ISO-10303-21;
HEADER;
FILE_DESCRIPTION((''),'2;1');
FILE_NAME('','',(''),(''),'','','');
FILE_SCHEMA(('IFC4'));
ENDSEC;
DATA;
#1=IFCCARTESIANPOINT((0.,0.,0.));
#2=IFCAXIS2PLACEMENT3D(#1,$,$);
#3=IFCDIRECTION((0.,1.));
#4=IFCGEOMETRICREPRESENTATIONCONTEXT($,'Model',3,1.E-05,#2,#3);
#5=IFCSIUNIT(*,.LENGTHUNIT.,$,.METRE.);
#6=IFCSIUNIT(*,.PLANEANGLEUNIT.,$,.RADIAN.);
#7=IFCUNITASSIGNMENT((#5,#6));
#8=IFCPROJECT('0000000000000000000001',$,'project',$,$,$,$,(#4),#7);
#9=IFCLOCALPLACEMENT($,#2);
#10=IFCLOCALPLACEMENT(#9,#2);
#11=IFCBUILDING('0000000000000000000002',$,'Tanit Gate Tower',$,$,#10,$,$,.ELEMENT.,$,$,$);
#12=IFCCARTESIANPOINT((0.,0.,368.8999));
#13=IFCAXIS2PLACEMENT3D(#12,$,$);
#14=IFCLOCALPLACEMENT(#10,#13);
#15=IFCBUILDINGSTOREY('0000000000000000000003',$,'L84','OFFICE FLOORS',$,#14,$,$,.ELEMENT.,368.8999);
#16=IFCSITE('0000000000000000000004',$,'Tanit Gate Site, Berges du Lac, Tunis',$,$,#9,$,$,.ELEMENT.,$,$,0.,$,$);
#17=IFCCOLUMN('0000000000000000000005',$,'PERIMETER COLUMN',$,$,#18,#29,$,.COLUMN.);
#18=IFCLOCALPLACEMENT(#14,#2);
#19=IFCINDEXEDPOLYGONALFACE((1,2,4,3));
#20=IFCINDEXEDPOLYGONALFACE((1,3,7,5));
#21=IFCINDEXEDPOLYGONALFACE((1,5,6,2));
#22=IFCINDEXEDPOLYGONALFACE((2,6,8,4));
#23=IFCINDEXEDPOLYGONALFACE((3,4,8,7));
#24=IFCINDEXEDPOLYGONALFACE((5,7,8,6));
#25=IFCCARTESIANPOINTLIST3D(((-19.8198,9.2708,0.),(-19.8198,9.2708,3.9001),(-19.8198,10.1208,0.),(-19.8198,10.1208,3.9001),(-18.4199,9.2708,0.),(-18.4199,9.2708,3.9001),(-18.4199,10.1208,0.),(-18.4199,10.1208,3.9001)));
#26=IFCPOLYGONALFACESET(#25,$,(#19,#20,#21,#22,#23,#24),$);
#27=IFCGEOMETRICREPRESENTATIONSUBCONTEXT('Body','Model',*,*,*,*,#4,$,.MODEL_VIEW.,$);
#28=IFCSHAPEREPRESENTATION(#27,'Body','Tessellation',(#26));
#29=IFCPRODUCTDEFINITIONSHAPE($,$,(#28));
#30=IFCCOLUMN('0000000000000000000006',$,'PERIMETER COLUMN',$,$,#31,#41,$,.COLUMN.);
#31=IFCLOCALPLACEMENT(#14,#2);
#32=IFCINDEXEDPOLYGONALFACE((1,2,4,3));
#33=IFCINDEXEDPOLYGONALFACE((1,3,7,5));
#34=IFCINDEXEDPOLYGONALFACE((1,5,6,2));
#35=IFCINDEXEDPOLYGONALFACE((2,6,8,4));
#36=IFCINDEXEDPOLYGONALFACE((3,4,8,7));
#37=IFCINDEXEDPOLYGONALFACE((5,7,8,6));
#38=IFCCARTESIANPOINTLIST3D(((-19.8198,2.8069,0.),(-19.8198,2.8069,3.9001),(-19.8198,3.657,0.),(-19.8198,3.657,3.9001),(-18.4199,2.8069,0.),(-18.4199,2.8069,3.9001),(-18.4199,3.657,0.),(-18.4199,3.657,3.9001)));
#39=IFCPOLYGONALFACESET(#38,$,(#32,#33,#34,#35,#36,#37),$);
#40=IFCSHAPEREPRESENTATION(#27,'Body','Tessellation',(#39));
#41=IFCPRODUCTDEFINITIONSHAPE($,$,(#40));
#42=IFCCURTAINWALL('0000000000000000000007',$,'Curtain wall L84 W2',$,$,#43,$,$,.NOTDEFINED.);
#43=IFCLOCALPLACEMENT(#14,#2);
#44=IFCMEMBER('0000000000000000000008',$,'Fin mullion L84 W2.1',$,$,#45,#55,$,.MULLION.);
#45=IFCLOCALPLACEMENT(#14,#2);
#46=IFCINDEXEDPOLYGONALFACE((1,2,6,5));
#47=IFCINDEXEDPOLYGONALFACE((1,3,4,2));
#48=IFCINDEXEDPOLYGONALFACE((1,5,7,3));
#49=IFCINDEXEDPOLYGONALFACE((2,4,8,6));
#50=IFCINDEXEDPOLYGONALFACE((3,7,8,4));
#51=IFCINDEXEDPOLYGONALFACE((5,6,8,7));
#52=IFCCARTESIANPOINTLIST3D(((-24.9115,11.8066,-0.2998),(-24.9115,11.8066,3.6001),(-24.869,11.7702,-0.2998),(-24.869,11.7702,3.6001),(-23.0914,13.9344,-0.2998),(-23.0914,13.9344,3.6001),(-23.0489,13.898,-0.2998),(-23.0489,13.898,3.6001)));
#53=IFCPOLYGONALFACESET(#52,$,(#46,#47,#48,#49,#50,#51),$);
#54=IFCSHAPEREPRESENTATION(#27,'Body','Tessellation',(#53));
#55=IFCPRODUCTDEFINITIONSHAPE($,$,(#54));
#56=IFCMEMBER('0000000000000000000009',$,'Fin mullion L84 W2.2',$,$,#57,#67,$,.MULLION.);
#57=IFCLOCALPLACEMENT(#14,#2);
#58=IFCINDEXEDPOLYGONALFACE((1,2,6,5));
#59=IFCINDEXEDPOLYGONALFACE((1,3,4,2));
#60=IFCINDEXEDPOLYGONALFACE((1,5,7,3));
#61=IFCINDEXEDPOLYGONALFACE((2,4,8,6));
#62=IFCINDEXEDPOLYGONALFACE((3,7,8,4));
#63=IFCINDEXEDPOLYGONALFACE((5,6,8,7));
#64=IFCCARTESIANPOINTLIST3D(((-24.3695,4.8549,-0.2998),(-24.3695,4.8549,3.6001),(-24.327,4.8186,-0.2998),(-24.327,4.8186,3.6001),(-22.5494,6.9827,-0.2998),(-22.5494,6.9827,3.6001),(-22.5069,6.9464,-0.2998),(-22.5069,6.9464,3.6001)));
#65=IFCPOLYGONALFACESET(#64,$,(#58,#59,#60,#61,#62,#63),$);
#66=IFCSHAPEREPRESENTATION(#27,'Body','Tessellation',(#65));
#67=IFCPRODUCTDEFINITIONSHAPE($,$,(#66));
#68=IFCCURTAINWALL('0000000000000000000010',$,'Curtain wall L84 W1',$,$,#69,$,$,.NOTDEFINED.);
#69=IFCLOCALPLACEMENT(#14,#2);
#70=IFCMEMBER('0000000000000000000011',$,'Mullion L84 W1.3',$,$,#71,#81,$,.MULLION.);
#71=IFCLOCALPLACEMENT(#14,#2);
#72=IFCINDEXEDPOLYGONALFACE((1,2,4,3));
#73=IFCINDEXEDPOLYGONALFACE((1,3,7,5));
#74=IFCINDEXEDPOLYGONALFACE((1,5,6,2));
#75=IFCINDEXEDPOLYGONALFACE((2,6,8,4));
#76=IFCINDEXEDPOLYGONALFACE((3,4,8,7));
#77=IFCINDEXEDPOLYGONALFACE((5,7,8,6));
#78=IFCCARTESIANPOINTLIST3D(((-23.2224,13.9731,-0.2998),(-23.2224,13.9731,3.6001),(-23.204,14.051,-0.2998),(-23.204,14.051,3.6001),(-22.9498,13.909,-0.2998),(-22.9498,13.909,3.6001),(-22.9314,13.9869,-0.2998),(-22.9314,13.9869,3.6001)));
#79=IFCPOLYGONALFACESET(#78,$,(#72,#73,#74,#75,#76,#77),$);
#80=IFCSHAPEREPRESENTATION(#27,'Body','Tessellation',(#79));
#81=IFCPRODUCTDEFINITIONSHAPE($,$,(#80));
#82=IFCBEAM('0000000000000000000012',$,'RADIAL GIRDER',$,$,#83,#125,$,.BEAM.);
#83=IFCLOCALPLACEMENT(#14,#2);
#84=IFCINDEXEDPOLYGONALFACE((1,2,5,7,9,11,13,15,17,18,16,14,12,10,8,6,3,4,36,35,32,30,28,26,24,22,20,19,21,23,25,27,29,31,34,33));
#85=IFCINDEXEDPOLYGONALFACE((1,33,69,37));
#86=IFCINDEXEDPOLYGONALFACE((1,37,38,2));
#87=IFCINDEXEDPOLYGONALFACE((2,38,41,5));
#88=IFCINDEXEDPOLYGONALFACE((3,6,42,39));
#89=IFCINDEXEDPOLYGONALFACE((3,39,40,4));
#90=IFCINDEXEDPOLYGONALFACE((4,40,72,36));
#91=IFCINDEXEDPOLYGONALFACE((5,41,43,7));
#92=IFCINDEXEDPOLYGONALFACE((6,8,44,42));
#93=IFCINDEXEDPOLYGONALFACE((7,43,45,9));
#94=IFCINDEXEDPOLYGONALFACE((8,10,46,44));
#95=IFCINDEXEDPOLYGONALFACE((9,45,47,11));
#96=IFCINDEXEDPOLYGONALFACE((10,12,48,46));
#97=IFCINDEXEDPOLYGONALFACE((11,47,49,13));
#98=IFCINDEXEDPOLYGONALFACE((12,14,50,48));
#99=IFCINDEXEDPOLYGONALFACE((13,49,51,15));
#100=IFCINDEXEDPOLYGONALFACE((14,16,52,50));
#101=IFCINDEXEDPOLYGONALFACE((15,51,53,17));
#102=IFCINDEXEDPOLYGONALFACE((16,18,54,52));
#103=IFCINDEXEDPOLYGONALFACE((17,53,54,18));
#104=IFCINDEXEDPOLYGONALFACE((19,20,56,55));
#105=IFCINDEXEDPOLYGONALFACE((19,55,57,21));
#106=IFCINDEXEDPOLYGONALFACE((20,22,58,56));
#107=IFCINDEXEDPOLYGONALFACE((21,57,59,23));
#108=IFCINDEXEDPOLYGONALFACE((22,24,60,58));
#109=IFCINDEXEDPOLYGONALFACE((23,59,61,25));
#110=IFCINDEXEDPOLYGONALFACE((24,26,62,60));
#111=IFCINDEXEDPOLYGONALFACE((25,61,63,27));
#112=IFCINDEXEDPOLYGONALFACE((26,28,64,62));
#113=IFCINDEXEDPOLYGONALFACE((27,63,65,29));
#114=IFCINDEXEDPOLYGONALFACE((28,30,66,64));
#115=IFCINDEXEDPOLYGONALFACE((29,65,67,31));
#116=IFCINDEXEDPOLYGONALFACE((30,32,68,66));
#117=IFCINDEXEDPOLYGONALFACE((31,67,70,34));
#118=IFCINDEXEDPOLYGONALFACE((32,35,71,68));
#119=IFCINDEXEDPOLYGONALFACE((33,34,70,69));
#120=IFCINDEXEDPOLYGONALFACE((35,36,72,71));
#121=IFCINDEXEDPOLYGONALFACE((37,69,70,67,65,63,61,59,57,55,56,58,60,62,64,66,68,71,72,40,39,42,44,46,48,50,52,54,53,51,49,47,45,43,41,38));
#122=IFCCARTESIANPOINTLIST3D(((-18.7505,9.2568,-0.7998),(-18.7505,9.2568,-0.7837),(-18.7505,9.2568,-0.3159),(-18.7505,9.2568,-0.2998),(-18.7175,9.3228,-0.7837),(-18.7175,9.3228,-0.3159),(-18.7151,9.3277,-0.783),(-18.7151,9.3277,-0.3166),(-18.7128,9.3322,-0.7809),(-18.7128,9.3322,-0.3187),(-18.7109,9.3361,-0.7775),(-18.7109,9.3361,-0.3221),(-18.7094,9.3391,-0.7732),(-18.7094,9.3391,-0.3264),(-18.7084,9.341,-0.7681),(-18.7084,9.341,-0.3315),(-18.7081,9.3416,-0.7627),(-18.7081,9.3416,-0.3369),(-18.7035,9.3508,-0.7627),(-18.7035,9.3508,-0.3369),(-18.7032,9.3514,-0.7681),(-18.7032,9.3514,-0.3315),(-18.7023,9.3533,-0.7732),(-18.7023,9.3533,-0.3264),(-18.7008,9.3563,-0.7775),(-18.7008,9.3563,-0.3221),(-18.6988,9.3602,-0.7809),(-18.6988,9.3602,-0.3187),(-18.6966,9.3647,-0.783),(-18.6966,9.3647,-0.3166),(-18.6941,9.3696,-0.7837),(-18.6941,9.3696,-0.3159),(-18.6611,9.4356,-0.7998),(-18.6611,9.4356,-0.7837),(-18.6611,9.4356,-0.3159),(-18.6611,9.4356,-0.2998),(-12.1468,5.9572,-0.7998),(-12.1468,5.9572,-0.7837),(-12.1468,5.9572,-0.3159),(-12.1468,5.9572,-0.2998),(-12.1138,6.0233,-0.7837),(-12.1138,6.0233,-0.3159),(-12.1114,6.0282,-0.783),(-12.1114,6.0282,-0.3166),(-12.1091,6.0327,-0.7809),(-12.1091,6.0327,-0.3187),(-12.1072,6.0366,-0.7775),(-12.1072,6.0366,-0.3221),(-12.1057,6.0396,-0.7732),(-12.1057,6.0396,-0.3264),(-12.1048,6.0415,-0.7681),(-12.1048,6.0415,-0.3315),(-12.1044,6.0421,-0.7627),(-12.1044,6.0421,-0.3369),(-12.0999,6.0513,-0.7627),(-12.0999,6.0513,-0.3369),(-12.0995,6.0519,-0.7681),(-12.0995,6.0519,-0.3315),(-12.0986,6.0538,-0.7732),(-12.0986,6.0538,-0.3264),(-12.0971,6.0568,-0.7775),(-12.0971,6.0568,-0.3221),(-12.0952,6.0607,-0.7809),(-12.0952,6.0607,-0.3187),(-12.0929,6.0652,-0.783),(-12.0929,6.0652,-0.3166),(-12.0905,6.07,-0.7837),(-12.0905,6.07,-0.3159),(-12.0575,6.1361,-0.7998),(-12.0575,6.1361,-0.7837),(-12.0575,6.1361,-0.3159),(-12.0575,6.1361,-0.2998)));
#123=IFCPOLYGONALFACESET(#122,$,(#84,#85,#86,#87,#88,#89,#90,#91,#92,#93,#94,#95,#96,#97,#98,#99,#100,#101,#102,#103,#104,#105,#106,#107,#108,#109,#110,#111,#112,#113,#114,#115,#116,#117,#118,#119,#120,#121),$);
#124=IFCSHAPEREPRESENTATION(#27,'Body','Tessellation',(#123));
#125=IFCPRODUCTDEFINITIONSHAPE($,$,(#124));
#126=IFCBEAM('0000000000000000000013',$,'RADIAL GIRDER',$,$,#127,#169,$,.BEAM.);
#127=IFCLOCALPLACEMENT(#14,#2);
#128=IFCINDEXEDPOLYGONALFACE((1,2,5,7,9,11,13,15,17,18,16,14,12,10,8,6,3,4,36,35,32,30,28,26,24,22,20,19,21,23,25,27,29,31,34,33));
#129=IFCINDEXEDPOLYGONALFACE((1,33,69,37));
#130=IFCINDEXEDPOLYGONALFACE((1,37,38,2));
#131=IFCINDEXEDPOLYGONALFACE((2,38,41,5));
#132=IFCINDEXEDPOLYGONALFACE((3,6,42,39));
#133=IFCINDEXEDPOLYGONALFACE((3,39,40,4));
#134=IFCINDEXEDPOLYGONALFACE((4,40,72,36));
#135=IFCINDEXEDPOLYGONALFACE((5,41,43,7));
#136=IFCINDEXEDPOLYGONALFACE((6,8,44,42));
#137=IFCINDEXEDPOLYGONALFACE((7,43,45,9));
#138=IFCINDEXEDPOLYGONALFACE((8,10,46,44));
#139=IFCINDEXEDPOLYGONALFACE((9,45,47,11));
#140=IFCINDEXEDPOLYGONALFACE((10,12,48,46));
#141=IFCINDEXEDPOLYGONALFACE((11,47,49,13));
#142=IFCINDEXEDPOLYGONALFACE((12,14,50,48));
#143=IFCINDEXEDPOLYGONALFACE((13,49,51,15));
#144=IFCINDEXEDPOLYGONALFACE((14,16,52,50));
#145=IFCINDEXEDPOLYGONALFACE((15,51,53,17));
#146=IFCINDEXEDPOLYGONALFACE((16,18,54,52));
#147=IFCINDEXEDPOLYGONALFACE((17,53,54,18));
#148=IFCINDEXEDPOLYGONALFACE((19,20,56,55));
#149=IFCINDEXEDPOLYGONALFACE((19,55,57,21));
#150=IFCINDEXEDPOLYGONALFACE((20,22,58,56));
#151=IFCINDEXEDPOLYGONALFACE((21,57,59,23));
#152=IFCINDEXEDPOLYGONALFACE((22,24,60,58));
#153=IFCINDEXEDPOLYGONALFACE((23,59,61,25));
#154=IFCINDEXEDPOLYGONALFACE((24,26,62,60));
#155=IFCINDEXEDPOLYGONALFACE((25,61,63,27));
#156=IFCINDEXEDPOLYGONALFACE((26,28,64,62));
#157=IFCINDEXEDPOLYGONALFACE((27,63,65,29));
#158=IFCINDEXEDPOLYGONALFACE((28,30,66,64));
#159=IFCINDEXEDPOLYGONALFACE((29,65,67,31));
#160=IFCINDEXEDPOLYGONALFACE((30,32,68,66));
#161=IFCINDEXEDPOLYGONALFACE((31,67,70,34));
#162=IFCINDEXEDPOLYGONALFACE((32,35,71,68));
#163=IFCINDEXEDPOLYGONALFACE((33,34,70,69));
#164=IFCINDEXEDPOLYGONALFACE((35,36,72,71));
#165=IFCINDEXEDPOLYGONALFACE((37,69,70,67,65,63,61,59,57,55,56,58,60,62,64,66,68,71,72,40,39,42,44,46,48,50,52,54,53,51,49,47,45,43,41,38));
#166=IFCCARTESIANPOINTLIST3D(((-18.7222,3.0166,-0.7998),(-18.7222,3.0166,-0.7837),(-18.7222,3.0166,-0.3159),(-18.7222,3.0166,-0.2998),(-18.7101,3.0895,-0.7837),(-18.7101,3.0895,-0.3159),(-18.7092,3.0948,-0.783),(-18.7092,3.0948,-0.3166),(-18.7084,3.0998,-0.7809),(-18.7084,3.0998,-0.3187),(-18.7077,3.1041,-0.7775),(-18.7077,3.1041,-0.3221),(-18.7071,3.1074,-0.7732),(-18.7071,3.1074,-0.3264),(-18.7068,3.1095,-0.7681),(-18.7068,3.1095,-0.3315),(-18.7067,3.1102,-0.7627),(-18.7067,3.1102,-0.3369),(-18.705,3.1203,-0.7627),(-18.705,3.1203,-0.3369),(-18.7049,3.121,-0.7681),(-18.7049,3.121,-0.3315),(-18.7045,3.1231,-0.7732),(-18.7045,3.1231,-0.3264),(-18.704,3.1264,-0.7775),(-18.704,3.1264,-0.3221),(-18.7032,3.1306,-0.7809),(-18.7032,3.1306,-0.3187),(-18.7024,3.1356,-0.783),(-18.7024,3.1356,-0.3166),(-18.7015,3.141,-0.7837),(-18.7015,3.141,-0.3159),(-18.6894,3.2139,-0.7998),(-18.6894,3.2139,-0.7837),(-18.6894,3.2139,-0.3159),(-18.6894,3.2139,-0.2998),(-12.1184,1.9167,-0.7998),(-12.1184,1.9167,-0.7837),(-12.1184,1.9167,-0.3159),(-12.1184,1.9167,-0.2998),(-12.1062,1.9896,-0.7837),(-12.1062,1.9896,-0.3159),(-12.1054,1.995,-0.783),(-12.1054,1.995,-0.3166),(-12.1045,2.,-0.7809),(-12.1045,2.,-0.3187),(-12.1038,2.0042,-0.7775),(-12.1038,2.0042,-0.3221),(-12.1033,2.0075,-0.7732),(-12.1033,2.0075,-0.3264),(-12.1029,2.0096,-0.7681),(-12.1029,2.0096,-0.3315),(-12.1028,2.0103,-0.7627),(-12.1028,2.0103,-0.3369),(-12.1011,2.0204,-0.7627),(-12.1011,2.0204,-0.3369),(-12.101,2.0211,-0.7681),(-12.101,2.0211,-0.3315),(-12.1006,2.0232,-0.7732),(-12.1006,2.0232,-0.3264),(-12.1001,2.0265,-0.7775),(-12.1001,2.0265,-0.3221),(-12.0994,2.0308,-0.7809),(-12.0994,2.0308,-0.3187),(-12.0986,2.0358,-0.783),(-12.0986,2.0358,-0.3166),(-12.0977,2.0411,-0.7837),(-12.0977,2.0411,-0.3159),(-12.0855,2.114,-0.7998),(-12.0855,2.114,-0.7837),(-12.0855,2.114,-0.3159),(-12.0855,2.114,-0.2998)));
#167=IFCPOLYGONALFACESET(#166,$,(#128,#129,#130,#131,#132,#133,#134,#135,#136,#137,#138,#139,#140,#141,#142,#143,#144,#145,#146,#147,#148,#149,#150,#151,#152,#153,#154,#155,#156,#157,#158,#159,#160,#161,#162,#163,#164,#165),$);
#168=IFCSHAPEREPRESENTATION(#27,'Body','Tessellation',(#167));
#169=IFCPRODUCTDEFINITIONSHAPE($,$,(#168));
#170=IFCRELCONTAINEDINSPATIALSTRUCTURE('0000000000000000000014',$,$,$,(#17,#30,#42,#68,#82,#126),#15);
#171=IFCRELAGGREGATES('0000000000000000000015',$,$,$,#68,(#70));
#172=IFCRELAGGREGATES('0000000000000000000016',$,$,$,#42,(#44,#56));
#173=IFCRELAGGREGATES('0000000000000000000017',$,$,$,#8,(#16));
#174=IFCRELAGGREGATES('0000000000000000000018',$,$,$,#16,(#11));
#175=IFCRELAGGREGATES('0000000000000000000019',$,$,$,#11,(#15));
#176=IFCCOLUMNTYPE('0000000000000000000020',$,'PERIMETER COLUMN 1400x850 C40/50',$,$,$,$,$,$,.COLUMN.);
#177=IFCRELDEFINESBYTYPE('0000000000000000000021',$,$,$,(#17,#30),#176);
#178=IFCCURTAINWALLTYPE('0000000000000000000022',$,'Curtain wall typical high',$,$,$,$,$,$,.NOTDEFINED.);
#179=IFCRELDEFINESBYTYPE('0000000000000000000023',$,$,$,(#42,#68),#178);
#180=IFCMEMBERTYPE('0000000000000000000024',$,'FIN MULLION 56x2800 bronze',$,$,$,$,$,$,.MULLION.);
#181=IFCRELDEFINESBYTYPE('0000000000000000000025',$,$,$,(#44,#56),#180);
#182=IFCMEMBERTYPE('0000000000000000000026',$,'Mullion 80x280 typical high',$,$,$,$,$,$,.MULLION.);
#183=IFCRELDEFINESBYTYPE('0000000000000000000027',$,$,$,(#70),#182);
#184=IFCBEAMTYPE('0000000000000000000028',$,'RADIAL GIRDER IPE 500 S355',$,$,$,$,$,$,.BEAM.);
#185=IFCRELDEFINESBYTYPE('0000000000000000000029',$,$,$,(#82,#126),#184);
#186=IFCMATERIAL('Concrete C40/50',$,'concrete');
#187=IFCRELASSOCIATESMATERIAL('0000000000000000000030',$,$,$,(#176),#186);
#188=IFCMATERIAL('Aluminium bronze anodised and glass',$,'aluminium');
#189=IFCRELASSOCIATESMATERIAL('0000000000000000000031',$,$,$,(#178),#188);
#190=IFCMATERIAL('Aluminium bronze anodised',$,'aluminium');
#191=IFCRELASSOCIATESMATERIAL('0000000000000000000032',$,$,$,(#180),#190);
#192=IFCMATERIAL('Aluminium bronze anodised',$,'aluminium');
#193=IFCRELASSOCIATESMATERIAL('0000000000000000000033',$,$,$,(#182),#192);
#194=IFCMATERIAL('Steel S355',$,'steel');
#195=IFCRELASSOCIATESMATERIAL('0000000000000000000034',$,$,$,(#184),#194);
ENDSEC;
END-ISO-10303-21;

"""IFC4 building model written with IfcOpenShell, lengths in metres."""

from ifc_helpers import new_model, si_unit, direction, frame, origin, origin_2d, place, context, subcontext, project, spatial, rectangle, i_section, extrude, material, material_profile, profile_set, type_object, element, aggregate, save


model = new_model("IFC4")

# Units and contexts
model_context = context("Model", 3, precision=1e-05, world=origin(), true_north=direction((0.0, 1.0)))
body_context = subcontext(model_context, "Body", "Model", "MODEL_VIEW")
ifc_project = project(units=[si_unit("LENGTHUNIT", "METRE"), si_unit("PLANEANGLEUNIT", "RADIAN")], contexts=[model_context])

# Site, building, storey
site_placement = place(None, origin())
site = spatial("IfcSite", under=ifc_project, at=site_placement, Name="Tanit Gate Site, Berges du Lac, Tunis", CompositionType="ELEMENT", RefElevation=0.0)
building_placement = place(site_placement, origin())
building = spatial("IfcBuilding", under=site, at=building_placement, Name="Tanit Gate Tower", CompositionType="ELEMENT")
storey_placement = place(building_placement, frame((0.0, 0.0, 368.8999)))
storey = spatial("IfcBuildingStorey", under=building, at=storey_placement, Name="L84", Description="OFFICE FLOORS", CompositionType="ELEMENT", Elevation=368.8999)

# Columns
ifc_material_1 = material(Name="Concrete C40/50", Category="concrete")
ifc_material_profile_1 = material_profile(ifc_material_1, rectangle(XDim=1.3999, YDim=0.8501, at=origin_2d()), Name="RC 1400x850")
ifc_profile_set_1 = profile_set([ifc_material_profile_1], Name="Concrete C40/50")
column_type = type_object("IfcColumnType", Name="PERIMETER COLUMN 1400x850 C40/50", PredefinedType="COLUMN", material=ifc_profile_set_1)
for number, where, z_axis, x_axis, name in (
    (1, (-19.1199, 9.6958, 0.0), (0.0, 0.0, 1.0), (-1.0, 0.0, 0.0), "PERIMETER COLUMN"),
    (2, (-19.1199, 3.2319, 0.0), (0.0, 0.0, 1.0), (-1.0, 0.0, 0.0), "PERIMETER COLUMN"),
):
    element("IfcColumn", number, at=place(storey_placement, frame(where, z_axis=z_axis, x_axis=x_axis)), inside=storey, type_object=column_type, Name=name, PredefinedType="COLUMN", context=body_context, shape_type="SweptSolid", body=[
        extrude(rectangle(XDim=1.3999, YDim=0.8501, at=origin_2d()), origin(), (0.0, 0.0, 1.0), 3.9001),
    ])

# Curtain wall, members
ifc_material_2 = material(Name="Aluminium bronze anodised and glass", Category="aluminium")
curtain_wall_type = type_object("IfcCurtainWallType", Name="Curtain wall typical high", PredefinedType="NOTDEFINED", material=ifc_material_2)
curtain_wall_1_placement = place(storey_placement, origin())
curtain_wall_1 = element("IfcCurtainWall", 3, at=curtain_wall_1_placement, inside=storey, type_object=curtain_wall_type, Name="Curtain wall L84 W2", PredefinedType="NOTDEFINED")
ifc_material_3 = material(Name="Aluminium bronze anodised", Category="aluminium")
ifc_material_profile_2 = material_profile(ifc_material_3, rectangle(XDim=2.8, YDim=0.0559, at=origin_2d()), Name="56x2800 bronze fin mullion")
ifc_profile_set_2 = profile_set([ifc_material_profile_2], Name="Aluminium bronze anodised")
member_type_1 = type_object("IfcMemberType", Name="FIN MULLION 56x2800 bronze", PredefinedType="MULLION", material=ifc_profile_set_2)
member_1_placement = place(storey_placement, frame((-23.9802, 12.8523, -0.2998), z_axis=(0.0, 0.0, 1.0), x_axis=(0.650026, 0.759912, 0.0)))
member_1 = element("IfcMember", 4, at=member_1_placement, type_object=member_type_1, Name="Fin mullion L84 W2.1", PredefinedType="MULLION", context=body_context, shape_type="SweptSolid", body=[
    extrude(rectangle(XDim=2.8, YDim=0.0559, at=origin_2d()), origin(), (0.0, 0.0, 1.0), 3.8999),
])
member_2_placement = place(storey_placement, frame((-23.4382, 5.9006, -0.2998), z_axis=(0.0, 0.0, 1.0), x_axis=(0.650026, 0.759912, 0.0)))
member_2 = element("IfcMember", 5, at=member_2_placement, type_object=member_type_1, Name="Fin mullion L84 W2.2", PredefinedType="MULLION", context=body_context, shape_type="SweptSolid", body=[
    extrude(rectangle(XDim=2.8, YDim=0.0559, at=origin_2d()), origin(), (0.0, 0.0, 1.0), 3.8999),
])

# Curtain wall, member
curtain_wall_2_placement = place(storey_placement, origin())
curtain_wall_2 = element("IfcCurtainWall", 6, at=curtain_wall_2_placement, inside=storey, type_object=curtain_wall_type, Name="Curtain wall L84 W1", PredefinedType="NOTDEFINED")
ifc_material_4 = material(Name="Aluminium bronze anodised", Category="aluminium")
ifc_material_profile_3 = material_profile(ifc_material_4, rectangle(XDim=0.28, YDim=0.0801, at=origin_2d()), Name="80x280 bronze mullion")
ifc_profile_set_3 = profile_set([ifc_material_profile_3], Name="Aluminium bronze anodised")
member_type_2 = type_object("IfcMemberType", Name="Mullion 80x280 typical high", PredefinedType="MULLION", material=ifc_profile_set_3)
member_3_placement = place(storey_placement, frame((-23.0769, 13.98, -0.2998), z_axis=(0.0, 0.0, 1.0), x_axis=(0.973441, -0.228936, 0.0)))
member_3 = element("IfcMember", 7, at=member_3_placement, type_object=member_type_2, Name="Mullion L84 W1.3", PredefinedType="MULLION", context=body_context, shape_type="SweptSolid", body=[
    extrude(rectangle(XDim=0.28, YDim=0.0801, at=origin_2d()), origin(), (0.0, 0.0, 1.0), 3.8999),
])
aggregate(curtain_wall_2, [member_3])

# Beams
ifc_material_5 = material(Name="Steel S355", Category="steel")
ifc_material_profile_4 = material_profile(ifc_material_5, i_section(OverallWidth=0.2, OverallDepth=0.5, WebThickness=0.0103, FlangeThickness=0.0161, FilletRadius=0.021, at=origin_2d()), Name="IPE 500")
ifc_profile_set_4 = profile_set([ifc_material_profile_4], Name="Steel S355")
beam_type_1 = type_object("IfcBeamType", Name="RADIAL GIRDER IPE 500 S355", PredefinedType="BEAM", material=ifc_profile_set_4)
beam_1_placement = place(storey_placement, frame((-18.7058, 9.3462, -0.5498), z_axis=(0.894553, -0.446962, 0.0), x_axis=(0.446962, 0.894553, 0.0)))
element("IfcBeam", 8, at=beam_1_placement, inside=storey, type_object=beam_type_1, Name="RADIAL GIRDER", PredefinedType="BEAM", context=body_context, shape_type="SweptSolid", body=[
    extrude(i_section(OverallWidth=0.2, OverallDepth=0.5, WebThickness=0.0103, FlangeThickness=0.0161, FilletRadius=0.021, at=origin_2d()), origin(), (0.0, 0.0, 1.0), 7.3821),
])
beam_2_placement = place(storey_placement, frame((-18.7058, 3.1152, -0.5498), z_axis=(0.986413, -0.164287, 0.0), x_axis=(0.164287, 0.986413, 0.0)))
element("IfcBeam", 9, at=beam_2_placement, inside=storey, type_object=beam_type_1, Name="RADIAL GIRDER", PredefinedType="BEAM", context=body_context, shape_type="SweptSolid", body=[
    extrude(i_section(OverallWidth=0.2, OverallDepth=0.5, WebThickness=0.0103, FlangeThickness=0.0161, FilletRadius=0.021, at=origin_2d()), origin(), (0.0, 0.0, 1.0), 6.6948),
])

aggregate(curtain_wall_1, [member_1, member_2])

save(model, "model.ifc")
